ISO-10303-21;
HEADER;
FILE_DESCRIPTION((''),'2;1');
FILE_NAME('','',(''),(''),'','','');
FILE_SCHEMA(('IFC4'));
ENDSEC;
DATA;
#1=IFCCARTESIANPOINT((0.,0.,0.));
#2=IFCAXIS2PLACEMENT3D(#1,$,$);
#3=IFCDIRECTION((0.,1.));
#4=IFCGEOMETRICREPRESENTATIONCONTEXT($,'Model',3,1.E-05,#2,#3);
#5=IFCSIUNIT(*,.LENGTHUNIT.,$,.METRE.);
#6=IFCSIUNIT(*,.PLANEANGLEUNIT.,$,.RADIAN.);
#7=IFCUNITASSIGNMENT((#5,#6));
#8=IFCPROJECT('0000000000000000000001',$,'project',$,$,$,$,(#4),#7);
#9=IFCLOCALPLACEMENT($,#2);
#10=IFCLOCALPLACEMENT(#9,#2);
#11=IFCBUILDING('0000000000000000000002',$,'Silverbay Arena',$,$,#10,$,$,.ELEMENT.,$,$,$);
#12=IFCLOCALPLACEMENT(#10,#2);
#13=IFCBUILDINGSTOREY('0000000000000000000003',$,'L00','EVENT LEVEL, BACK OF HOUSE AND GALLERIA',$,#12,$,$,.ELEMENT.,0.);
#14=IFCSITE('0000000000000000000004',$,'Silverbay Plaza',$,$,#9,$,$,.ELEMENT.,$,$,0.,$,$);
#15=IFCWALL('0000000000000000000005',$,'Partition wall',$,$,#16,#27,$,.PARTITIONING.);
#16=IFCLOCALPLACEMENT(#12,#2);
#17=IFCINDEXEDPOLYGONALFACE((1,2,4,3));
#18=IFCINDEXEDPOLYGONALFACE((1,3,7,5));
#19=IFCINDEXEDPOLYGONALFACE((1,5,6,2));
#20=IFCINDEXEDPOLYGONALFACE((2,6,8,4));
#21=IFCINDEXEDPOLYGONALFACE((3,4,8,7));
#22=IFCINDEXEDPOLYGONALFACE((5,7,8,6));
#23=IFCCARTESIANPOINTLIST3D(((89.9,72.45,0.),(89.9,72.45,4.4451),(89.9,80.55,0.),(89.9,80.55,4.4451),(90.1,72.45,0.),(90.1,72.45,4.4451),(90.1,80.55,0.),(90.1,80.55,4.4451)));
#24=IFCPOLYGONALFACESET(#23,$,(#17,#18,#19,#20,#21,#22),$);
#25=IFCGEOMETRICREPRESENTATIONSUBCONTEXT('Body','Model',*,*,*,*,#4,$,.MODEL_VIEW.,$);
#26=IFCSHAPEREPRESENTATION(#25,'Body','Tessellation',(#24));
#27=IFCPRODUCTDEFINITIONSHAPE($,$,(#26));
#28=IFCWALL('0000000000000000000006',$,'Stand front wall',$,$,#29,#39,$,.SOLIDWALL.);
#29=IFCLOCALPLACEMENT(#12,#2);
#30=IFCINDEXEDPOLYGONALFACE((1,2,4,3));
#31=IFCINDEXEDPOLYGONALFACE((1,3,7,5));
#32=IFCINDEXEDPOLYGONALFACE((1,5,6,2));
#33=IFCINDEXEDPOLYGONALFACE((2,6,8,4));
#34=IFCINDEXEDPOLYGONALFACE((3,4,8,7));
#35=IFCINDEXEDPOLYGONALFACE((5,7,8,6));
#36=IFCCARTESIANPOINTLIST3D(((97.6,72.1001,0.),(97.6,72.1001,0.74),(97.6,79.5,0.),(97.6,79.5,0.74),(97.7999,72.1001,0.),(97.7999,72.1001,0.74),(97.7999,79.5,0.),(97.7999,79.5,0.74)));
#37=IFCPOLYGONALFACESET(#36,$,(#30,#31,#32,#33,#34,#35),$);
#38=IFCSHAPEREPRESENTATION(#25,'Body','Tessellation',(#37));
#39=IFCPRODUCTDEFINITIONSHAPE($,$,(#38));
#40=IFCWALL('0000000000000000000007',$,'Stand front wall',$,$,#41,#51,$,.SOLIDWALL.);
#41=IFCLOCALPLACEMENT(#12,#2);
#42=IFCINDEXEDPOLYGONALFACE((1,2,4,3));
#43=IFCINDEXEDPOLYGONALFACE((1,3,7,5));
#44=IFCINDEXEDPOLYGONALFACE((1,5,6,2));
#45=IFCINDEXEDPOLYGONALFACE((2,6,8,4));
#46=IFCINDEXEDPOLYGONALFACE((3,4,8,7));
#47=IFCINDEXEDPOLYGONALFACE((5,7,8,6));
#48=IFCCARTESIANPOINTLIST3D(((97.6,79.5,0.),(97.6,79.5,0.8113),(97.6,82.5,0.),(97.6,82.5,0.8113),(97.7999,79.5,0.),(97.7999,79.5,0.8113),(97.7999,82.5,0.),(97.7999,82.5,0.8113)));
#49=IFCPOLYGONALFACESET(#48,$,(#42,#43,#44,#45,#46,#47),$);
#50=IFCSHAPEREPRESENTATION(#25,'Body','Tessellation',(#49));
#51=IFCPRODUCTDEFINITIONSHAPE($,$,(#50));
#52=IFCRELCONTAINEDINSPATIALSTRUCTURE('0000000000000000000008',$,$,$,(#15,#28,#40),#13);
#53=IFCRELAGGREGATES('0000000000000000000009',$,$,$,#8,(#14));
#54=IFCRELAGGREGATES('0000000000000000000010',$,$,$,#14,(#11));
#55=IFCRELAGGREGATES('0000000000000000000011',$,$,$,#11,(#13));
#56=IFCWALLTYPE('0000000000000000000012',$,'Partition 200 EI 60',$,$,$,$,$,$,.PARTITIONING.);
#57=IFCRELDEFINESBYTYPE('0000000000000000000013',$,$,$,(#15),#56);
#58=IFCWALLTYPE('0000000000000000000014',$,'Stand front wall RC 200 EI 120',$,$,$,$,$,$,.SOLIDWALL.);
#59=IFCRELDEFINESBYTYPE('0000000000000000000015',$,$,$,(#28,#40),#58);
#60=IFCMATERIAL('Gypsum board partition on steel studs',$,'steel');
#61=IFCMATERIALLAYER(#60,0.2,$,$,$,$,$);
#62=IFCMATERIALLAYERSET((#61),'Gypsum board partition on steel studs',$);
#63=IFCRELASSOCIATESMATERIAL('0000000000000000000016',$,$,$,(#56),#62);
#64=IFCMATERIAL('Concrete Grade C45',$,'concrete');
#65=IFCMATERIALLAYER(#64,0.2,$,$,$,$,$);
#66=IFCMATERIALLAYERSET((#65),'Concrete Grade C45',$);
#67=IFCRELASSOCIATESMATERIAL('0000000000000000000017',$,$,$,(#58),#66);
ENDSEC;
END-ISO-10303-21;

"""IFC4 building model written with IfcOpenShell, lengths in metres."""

from ifc_helpers import new_model, si_unit, direction, frame, frame_2d, origin, place, context, subcontext, project, spatial, rectangle, extrude, material, layer, layer_set, type_object, element, save


model = new_model("IFC4")

# Units and contexts
model_context = context("Model", 3, precision=1e-05, world=origin(), true_north=direction((0.0, 1.0)))
body_context = subcontext(model_context, "Body", "Model", "MODEL_VIEW")
ifc_project = project(units=[si_unit("LENGTHUNIT", "METRE"), si_unit("PLANEANGLEUNIT", "RADIAN")], contexts=[model_context])

# Site, building, storey
site_placement = place(None, origin())
site = spatial("IfcSite", under=ifc_project, at=site_placement, Name="Silverbay Plaza", CompositionType="ELEMENT", RefElevation=0.0)
building_placement = place(site_placement, origin())
building = spatial("IfcBuilding", under=site, at=building_placement, Name="Silverbay Arena", CompositionType="ELEMENT")
storey_placement = place(building_placement, origin())
storey = spatial("IfcBuildingStorey", under=building, at=storey_placement, Name="L00", Description="EVENT LEVEL, BACK OF HOUSE AND GALLERIA", CompositionType="ELEMENT", Elevation=0.0)

# Walls
ifc_material_1 = material(Name="Gypsum board partition on steel studs", Category="steel")
ifc_layer_1 = layer(ifc_material_1, 0.2)
ifc_layer_set_1 = layer_set([ifc_layer_1], Name="Gypsum board partition on steel studs")
wall_type_1 = type_object("IfcWallType", Name="Partition 200 EI 60", PredefinedType="PARTITIONING", material=ifc_layer_set_1)
wall_1_placement = place(storey_placement, frame((90.0, 72.45, 0.0), z_axis=(0.0, 0.0, 1.0), x_axis=(0.0, 1.0, 0.0)))
element("IfcWall", 1, at=wall_1_placement, inside=storey, type_object=wall_type_1, Name="Partition wall", PredefinedType="PARTITIONING", context=body_context, shape_type="SweptSolid", body=[
    extrude(rectangle(XDim=8.1001, YDim=0.2, at=frame_2d((4.05, 0.0))), origin(), (0.0, 0.0, 1.0), 4.4451),
])
ifc_material_2 = material(Name="Concrete Grade C45", Category="concrete")
ifc_layer_2 = layer(ifc_material_2, 0.2)
ifc_layer_set_2 = layer_set([ifc_layer_2], Name="Concrete Grade C45")
wall_type_2 = type_object("IfcWallType", Name="Stand front wall RC 200 EI 120", PredefinedType="SOLIDWALL", material=ifc_layer_set_2)
wall_2_placement = place(storey_placement, frame((97.7, 72.1001, 0.0), z_axis=(0.0, 0.0, 1.0), x_axis=(0.0, 1.0, 0.0)))
element("IfcWall", 2, at=wall_2_placement, inside=storey, type_object=wall_type_2, Name="Stand front wall", PredefinedType="SOLIDWALL", context=body_context, shape_type="SweptSolid", body=[
    extrude(rectangle(XDim=7.3999, YDim=0.2, at=frame_2d((3.7, 0.0))), origin(), (0.0, 0.0, 1.0), 0.74),
])
wall_3_placement = place(storey_placement, frame((97.7, 79.5, 0.0), z_axis=(0.0, 0.0, 1.0), x_axis=(0.0, 1.0, 0.0)))
element("IfcWall", 3, at=wall_3_placement, inside=storey, type_object=wall_type_2, Name="Stand front wall", PredefinedType="SOLIDWALL", context=body_context, shape_type="SweptSolid", body=[
    extrude(rectangle(XDim=3.0, YDim=0.2, at=frame_2d((1.5, 0.0))), origin(), (0.0, 0.0, 1.0), 0.8113),
])

save(model, "model.ifc")
